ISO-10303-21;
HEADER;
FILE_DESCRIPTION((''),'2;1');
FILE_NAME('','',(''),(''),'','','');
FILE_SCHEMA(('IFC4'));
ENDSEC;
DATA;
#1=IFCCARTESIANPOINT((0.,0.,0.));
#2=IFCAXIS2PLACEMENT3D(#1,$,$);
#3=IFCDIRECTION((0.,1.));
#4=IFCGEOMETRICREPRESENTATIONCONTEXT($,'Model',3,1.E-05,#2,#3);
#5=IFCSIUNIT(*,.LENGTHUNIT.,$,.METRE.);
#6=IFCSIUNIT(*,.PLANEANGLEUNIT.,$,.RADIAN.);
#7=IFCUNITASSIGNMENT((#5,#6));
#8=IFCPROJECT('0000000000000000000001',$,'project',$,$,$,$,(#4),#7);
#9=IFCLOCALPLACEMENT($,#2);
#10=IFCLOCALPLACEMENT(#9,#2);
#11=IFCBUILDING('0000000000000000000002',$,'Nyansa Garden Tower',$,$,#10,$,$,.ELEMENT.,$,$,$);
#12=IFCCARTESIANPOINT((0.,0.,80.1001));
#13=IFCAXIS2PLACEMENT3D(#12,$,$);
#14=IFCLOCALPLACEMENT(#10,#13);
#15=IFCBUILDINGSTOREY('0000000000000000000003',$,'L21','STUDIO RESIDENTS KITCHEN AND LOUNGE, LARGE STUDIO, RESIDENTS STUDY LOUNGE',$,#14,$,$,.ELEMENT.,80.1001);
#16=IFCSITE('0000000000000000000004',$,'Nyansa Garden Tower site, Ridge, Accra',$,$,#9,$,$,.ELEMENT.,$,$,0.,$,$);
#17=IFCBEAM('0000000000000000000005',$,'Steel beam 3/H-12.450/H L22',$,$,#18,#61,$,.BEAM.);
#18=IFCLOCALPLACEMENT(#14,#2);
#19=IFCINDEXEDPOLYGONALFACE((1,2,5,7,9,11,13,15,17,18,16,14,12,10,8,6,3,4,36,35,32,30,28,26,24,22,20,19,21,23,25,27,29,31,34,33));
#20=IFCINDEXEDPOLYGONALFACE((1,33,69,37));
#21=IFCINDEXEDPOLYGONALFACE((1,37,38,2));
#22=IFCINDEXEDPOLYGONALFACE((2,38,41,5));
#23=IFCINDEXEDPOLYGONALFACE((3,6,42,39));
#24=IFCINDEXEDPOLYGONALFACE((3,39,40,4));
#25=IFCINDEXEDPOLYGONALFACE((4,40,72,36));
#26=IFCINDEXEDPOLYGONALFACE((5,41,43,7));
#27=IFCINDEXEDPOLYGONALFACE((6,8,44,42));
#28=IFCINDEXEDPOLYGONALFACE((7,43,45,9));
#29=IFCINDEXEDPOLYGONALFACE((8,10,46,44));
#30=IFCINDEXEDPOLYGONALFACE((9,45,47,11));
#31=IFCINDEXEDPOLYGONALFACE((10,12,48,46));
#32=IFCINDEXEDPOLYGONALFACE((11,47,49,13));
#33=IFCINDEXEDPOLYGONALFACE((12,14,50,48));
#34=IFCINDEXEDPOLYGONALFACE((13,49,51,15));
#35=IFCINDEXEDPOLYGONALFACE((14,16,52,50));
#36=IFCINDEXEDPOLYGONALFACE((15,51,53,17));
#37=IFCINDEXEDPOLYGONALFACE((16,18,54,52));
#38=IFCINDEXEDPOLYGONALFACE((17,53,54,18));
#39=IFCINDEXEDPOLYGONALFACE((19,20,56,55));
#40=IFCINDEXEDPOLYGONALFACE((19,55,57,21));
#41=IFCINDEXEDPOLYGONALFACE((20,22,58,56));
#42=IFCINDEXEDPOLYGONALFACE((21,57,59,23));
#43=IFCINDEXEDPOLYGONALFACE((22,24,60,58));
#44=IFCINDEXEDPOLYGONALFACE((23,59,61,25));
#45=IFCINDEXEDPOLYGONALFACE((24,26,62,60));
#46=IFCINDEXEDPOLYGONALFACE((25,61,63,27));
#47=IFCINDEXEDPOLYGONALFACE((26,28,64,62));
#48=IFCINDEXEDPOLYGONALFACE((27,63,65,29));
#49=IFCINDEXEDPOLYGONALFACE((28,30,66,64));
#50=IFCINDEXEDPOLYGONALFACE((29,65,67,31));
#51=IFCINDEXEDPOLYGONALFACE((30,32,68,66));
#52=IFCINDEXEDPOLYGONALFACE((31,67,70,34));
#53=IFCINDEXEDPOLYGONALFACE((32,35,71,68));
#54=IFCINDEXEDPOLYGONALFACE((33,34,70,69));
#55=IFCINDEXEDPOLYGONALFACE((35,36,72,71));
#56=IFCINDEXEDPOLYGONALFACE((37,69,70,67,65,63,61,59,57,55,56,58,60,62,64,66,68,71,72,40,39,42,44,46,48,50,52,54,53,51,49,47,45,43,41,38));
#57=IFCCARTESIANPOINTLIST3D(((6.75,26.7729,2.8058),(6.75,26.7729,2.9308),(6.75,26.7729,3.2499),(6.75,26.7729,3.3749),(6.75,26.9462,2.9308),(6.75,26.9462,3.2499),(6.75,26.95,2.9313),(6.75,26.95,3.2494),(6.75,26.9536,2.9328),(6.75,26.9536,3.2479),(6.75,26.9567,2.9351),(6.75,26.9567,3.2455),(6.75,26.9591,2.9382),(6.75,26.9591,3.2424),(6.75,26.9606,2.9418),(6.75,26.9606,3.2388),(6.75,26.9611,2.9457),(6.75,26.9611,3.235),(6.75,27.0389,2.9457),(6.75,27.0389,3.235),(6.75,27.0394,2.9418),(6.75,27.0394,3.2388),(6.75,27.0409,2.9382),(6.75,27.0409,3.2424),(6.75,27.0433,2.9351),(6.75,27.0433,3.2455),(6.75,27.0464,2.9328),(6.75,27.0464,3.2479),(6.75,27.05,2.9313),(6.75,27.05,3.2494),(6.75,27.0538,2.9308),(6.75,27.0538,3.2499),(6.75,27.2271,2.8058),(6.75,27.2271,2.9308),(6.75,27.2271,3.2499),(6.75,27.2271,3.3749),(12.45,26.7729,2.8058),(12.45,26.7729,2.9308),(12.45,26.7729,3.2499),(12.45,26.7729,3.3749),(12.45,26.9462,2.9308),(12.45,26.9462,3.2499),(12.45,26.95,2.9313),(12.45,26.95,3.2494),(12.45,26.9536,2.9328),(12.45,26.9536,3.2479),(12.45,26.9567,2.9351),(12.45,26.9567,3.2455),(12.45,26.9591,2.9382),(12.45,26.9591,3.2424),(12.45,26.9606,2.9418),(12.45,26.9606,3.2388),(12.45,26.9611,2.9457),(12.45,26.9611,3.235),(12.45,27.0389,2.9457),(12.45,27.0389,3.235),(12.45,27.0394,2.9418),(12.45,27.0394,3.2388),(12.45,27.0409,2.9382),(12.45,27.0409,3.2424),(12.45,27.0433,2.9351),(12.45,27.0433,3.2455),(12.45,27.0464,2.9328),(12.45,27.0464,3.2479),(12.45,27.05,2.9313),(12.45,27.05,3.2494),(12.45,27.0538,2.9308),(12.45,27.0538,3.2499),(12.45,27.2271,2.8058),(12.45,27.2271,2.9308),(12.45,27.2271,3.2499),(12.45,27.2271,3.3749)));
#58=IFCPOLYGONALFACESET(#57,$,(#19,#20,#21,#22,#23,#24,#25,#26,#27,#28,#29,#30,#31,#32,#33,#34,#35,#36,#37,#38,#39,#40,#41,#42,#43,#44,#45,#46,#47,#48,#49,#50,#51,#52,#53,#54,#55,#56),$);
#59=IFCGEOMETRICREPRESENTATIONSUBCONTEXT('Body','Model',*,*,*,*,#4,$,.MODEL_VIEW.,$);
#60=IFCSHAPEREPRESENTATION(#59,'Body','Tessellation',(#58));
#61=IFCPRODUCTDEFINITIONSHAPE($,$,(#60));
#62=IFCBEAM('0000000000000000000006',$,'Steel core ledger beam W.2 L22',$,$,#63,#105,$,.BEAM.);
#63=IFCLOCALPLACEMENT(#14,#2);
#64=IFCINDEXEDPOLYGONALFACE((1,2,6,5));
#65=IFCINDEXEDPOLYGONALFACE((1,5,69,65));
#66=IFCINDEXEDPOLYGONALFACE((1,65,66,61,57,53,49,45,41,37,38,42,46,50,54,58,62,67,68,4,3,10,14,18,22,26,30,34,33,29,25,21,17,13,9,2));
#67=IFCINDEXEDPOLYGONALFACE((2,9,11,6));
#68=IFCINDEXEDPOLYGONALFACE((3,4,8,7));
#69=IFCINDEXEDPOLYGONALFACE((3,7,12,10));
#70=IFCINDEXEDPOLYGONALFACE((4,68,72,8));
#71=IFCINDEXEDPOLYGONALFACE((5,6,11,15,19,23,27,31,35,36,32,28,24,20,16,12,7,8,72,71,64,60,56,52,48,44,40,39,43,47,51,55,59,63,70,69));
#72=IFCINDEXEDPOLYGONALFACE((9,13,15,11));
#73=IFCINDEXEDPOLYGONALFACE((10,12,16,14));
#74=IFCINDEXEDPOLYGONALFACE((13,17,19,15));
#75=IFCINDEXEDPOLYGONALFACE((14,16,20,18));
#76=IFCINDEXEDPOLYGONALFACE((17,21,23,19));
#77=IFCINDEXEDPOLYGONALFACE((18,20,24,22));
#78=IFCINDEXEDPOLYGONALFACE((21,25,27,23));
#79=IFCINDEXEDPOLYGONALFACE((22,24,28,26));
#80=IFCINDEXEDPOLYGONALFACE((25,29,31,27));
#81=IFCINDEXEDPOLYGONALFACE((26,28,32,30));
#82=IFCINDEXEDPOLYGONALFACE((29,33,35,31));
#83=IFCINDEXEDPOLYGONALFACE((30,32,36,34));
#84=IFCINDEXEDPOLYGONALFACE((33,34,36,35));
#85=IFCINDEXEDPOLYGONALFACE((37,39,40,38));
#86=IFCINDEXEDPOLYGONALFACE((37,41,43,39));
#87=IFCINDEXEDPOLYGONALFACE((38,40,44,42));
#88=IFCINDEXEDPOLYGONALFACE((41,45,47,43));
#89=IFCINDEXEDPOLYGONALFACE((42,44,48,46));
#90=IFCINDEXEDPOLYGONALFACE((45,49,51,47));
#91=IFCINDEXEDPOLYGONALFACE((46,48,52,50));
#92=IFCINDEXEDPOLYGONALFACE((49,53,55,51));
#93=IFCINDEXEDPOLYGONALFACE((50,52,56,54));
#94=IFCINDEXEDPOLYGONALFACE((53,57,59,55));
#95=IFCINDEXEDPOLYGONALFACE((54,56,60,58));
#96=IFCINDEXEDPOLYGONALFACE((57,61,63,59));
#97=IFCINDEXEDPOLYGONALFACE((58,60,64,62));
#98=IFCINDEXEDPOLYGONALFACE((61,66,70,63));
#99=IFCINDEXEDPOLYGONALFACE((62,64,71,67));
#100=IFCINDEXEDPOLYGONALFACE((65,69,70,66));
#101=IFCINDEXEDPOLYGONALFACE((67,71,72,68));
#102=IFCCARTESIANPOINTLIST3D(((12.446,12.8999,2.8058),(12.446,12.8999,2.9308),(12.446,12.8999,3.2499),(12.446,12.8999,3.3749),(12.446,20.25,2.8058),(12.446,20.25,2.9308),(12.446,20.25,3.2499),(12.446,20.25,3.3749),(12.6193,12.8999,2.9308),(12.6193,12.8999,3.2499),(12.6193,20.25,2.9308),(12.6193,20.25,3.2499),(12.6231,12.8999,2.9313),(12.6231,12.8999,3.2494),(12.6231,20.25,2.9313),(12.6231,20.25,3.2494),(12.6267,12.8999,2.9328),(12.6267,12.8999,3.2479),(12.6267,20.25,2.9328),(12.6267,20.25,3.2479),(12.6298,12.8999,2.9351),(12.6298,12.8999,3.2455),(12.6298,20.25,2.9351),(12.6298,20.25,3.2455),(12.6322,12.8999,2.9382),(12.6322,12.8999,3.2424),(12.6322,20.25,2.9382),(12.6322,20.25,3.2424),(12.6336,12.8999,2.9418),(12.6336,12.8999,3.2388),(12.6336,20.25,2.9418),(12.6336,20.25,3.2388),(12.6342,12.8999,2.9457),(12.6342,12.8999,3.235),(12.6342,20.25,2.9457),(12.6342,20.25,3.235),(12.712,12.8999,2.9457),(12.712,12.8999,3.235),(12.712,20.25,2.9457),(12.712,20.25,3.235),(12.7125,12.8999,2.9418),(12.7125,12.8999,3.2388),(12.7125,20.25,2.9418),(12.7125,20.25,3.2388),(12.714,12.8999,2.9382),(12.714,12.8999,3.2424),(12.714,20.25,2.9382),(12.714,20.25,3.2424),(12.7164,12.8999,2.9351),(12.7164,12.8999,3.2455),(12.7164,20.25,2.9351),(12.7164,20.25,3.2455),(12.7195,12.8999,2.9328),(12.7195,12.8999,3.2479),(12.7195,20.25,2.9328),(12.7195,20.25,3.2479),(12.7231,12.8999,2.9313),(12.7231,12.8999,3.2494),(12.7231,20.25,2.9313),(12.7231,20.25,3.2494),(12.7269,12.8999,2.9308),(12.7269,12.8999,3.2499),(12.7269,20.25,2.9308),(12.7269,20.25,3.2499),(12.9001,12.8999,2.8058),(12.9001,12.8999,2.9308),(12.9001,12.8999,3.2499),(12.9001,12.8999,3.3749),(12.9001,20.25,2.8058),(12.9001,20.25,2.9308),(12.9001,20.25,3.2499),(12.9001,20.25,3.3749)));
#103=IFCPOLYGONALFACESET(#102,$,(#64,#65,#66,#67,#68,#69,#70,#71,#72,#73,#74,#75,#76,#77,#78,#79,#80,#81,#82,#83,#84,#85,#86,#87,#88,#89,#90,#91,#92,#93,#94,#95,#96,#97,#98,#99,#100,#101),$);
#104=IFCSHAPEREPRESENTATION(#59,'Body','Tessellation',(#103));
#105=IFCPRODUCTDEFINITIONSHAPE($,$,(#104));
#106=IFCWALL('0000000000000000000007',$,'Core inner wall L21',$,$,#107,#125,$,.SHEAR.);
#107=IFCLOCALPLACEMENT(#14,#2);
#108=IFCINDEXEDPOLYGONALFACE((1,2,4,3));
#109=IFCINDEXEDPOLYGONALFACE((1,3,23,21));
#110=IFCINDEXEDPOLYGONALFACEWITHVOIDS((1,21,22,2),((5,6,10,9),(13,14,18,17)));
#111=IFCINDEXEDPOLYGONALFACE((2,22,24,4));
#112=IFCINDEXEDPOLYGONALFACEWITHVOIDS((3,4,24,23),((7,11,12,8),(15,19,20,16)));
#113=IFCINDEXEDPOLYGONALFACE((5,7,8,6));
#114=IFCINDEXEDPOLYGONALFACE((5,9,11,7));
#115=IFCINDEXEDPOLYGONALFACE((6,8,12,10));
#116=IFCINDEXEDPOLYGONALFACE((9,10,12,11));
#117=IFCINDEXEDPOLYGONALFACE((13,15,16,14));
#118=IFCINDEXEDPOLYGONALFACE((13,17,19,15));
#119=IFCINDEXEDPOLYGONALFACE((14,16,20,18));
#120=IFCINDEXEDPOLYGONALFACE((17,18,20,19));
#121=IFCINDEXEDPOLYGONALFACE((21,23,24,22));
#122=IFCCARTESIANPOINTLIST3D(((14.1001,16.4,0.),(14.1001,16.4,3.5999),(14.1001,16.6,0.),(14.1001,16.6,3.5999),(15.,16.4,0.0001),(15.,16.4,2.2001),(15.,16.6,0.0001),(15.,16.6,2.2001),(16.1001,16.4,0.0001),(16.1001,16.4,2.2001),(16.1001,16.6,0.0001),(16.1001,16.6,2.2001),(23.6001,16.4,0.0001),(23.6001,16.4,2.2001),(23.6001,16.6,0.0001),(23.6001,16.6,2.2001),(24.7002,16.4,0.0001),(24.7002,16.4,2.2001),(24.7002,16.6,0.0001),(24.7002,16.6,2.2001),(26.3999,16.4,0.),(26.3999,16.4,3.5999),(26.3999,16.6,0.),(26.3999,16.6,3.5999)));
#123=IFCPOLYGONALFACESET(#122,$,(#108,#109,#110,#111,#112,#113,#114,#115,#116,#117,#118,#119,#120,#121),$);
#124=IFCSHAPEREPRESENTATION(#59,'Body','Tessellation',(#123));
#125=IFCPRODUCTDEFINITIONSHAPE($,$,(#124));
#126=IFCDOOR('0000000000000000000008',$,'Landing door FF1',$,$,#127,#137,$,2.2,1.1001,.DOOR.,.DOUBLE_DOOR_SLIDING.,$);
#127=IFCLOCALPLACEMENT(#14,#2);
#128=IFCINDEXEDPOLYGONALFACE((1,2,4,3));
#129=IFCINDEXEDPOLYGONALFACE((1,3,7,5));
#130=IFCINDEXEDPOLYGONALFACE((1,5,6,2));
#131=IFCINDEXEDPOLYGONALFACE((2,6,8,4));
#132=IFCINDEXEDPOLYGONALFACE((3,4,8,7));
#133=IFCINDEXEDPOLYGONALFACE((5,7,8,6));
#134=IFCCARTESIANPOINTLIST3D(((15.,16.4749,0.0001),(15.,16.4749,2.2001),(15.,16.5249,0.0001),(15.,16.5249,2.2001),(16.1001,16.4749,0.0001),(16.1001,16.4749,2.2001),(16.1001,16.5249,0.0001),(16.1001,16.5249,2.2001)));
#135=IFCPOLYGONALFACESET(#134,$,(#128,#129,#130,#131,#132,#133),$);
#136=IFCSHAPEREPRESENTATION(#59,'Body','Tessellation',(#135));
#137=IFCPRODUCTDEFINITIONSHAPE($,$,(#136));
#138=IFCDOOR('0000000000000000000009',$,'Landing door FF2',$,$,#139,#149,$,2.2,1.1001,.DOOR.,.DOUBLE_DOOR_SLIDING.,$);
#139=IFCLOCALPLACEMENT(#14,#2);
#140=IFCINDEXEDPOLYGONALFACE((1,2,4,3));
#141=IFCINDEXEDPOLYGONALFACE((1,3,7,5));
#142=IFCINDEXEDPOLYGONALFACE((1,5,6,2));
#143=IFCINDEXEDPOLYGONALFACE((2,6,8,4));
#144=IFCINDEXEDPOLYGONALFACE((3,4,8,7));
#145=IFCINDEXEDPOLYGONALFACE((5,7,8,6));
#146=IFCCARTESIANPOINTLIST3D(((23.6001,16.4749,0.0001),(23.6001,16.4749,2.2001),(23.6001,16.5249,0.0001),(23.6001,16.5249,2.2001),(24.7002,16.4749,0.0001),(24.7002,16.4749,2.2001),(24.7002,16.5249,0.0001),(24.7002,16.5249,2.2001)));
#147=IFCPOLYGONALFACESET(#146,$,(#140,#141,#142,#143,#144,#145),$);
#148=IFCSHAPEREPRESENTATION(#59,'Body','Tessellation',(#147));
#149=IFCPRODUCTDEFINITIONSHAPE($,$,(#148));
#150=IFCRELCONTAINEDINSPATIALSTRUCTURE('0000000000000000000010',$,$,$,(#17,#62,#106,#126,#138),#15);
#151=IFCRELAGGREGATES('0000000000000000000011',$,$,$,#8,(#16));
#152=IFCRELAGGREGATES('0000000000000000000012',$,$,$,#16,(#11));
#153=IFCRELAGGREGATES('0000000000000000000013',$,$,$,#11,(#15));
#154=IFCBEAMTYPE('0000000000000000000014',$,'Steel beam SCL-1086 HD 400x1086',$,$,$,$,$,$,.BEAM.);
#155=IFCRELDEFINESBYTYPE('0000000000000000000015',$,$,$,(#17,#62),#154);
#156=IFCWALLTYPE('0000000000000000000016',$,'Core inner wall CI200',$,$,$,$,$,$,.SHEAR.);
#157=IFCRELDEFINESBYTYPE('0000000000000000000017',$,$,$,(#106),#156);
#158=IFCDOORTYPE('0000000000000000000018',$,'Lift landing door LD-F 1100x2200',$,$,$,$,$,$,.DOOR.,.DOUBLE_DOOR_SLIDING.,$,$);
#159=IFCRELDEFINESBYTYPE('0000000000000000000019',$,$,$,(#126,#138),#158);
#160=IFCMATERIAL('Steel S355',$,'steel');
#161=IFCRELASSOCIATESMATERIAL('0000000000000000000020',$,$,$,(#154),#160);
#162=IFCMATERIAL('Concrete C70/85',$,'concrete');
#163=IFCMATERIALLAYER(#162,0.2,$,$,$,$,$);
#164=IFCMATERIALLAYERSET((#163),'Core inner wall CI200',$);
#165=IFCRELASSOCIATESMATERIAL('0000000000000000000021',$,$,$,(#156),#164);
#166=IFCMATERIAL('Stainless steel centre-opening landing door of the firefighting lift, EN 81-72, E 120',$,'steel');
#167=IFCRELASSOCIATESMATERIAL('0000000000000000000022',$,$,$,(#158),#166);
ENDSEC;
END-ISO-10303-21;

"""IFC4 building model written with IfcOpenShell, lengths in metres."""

from ifc_helpers import new_model, si_unit, direction, frame, frame_2d, origin, origin_2d, place, context, subcontext, project, spatial, rectangle, i_section, extrude, material, layer, layer_set, material_profile, profile_set, type_object, element, fill, save


model = new_model("IFC4")

# Units and contexts
model_context = context("Model", 3, precision=1e-05, world=origin(), true_north=direction((0.0, 1.0)))
body_context = subcontext(model_context, "Body", "Model", "MODEL_VIEW")
ifc_project = project(units=[si_unit("LENGTHUNIT", "METRE"), si_unit("PLANEANGLEUNIT", "RADIAN")], contexts=[model_context])

# Site, building, storey
site_placement = place(None, origin())
site = spatial("IfcSite", under=ifc_project, at=site_placement, Name="Nyansa Garden Tower site, Ridge, Accra", CompositionType="ELEMENT", RefElevation=0.0)
building_placement = place(site_placement, origin())
building = spatial("IfcBuilding", under=site, at=building_placement, Name="Nyansa Garden Tower", CompositionType="ELEMENT")
storey_placement = place(building_placement, frame((0.0, 0.0, 80.1001)))
storey = spatial("IfcBuildingStorey", under=building, at=storey_placement, Name="L21", Description="STUDIO RESIDENTS KITCHEN AND LOUNGE, LARGE STUDIO, RESIDENTS STUDY LOUNGE", CompositionType="ELEMENT", Elevation=80.1001)

# Beams
ifc_material_1 = material(Name="Steel S355", Category="steel")
ifc_material_profile_1 = material_profile(ifc_material_1, i_section(OverallWidth=0.4541, OverallDepth=0.5691, WebThickness=0.0779, FlangeThickness=0.125, FilletRadius=0.0149, at=origin_2d()), Name="HD 400x1086")
ifc_profile_set_1 = profile_set([ifc_material_profile_1], Name="Steel S355")
beam_type_1 = type_object("IfcBeamType", Name="Steel beam SCL-1086 HD 400x1086", PredefinedType="BEAM", material=ifc_profile_set_1)
for number, where, z_axis, x_axis, name in (
    (1, (6.75, 27.0, 3.0903), (1.0, 0.0, 0.0), (0.0, 1.0, 0.0), "Steel beam 3/H-12.450/H L22"),
):
    element("IfcBeam", number, at=place(storey_placement, frame(where, z_axis=z_axis, x_axis=x_axis)), inside=storey, type_object=beam_type_1, Name=name, PredefinedType="BEAM", context=body_context, shape_type="SweptSolid", body=[
        extrude(i_section(OverallWidth=0.4541, OverallDepth=0.5691, WebThickness=0.0779, FlangeThickness=0.125, FilletRadius=0.0149, at=origin_2d()), origin(), (0.0, 0.0, 1.0), 5.7),
    ])
beam_placement = place(storey_placement, frame((12.6731, 20.25, 3.0903), z_axis=(0.0, -1.0, 0.0), x_axis=(1.0, 0.0, 0.0)))
element("IfcBeam", 2, at=beam_placement, inside=storey, type_object=beam_type_1, Name="Steel core ledger beam W.2 L22", PredefinedType="BEAM", context=body_context, shape_type="SweptSolid", body=[
    extrude(i_section(OverallWidth=0.4541, OverallDepth=0.5691, WebThickness=0.0779, FlangeThickness=0.125, FilletRadius=0.0149, at=origin_2d()), origin(), (0.0, 0.0, 1.0), 7.3501),
])

# Wall, openings, doors
ifc_material_2 = material(Name="Concrete C70/85", Category="concrete")
ifc_layer_1 = layer(ifc_material_2, 0.2)
ifc_layer_set_1 = layer_set([ifc_layer_1], Name="Core inner wall CI200")
wall_type_1 = type_object("IfcWallType", Name="Core inner wall CI200", PredefinedType="SHEAR", material=ifc_layer_set_1)
wall_1_placement = place(storey_placement, frame((14.1001, 16.5, 0.0), z_axis=(0.0, 0.0, 1.0), x_axis=(1.0, 0.0, 0.0)))
wall_1 = element("IfcWall", 3, at=wall_1_placement, inside=storey, type_object=wall_type_1, Name="Core inner wall L21", PredefinedType="SHEAR", context=body_context, shape_type="SweptSolid", body=[
    extrude(rectangle(XDim=12.2998, YDim=0.2, at=frame_2d((6.1499, 0.0))), origin(), (0.0, 0.0, 1.0), 3.5999),
])
opening_1_placement = place(wall_1_placement, frame((0.8999, 0.0, 0.0)))
opening_1 = element("IfcOpeningElement", 4, at=opening_1_placement, cuts=wall_1, PredefinedType="OPENING", context=body_context, shape_type="SweptSolid", body=[
    extrude(rectangle(XDim=1.1001, YDim=2.2, at=frame_2d((0.55, 1.1001))), frame((0.0, 0.1099, 0.0), z_axis=(0.0, -1.0, 0.0), x_axis=(1.0, 0.0, 0.0)), (0.0, 0.0, 1.0), 0.22),
])
opening_2_placement = place(wall_1_placement, frame((9.5, 0.0, 0.0)))
opening_2 = element("IfcOpeningElement", 5, at=opening_2_placement, cuts=wall_1, PredefinedType="OPENING", context=body_context, shape_type="SweptSolid", body=[
    extrude(rectangle(XDim=1.1001, YDim=2.2, at=frame_2d((0.55, 1.1001))), frame((0.0, 0.1099, 0.0), z_axis=(0.0, -1.0, 0.0), x_axis=(1.0, 0.0, 0.0)), (0.0, 0.0, 1.0), 0.22),
])
ifc_material_3 = material(Name="Stainless steel centre-opening landing door of the firefighting lift, EN 81-72, E 120", Category="steel")
door_type_1 = type_object("IfcDoorType", Name="Lift landing door LD-F 1100x2200", OperationType="DOUBLE_DOOR_SLIDING", PredefinedType="DOOR", material=ifc_material_3)
door_1_placement = place(opening_1_placement, origin())
door_1 = element("IfcDoor", 6, at=door_1_placement, inside=storey, type_object=door_type_1, Name="Landing door FF1", OperationType="DOUBLE_DOOR_SLIDING", OverallHeight=2.2, OverallWidth=1.1001, PredefinedType="DOOR", context=body_context, shape_type="SweptSolid", body=[
    extrude(rectangle(XDim=1.1001, YDim=2.2, at=frame_2d((0.55, 1.1001))), frame((0.0, 0.0249, 0.0), z_axis=(0.0, -1.0, 0.0), x_axis=(1.0, 0.0, 0.0)), (0.0, 0.0, 1.0), 0.05),
])
fill(opening_1, door_1)
door_2_placement = place(opening_2_placement, origin())
door_2 = element("IfcDoor", 7, at=door_2_placement, inside=storey, type_object=door_type_1, Name="Landing door FF2", OperationType="DOUBLE_DOOR_SLIDING", OverallHeight=2.2, OverallWidth=1.1001, PredefinedType="DOOR", context=body_context, shape_type="SweptSolid", body=[
    extrude(rectangle(XDim=1.1001, YDim=2.2, at=frame_2d((0.55, 1.1001))), frame((0.0, 0.0249, 0.0), z_axis=(0.0, -1.0, 0.0), x_axis=(1.0, 0.0, 0.0)), (0.0, 0.0, 1.0), 0.05),
])
fill(opening_2, door_2)

save(model, "model.ifc")
